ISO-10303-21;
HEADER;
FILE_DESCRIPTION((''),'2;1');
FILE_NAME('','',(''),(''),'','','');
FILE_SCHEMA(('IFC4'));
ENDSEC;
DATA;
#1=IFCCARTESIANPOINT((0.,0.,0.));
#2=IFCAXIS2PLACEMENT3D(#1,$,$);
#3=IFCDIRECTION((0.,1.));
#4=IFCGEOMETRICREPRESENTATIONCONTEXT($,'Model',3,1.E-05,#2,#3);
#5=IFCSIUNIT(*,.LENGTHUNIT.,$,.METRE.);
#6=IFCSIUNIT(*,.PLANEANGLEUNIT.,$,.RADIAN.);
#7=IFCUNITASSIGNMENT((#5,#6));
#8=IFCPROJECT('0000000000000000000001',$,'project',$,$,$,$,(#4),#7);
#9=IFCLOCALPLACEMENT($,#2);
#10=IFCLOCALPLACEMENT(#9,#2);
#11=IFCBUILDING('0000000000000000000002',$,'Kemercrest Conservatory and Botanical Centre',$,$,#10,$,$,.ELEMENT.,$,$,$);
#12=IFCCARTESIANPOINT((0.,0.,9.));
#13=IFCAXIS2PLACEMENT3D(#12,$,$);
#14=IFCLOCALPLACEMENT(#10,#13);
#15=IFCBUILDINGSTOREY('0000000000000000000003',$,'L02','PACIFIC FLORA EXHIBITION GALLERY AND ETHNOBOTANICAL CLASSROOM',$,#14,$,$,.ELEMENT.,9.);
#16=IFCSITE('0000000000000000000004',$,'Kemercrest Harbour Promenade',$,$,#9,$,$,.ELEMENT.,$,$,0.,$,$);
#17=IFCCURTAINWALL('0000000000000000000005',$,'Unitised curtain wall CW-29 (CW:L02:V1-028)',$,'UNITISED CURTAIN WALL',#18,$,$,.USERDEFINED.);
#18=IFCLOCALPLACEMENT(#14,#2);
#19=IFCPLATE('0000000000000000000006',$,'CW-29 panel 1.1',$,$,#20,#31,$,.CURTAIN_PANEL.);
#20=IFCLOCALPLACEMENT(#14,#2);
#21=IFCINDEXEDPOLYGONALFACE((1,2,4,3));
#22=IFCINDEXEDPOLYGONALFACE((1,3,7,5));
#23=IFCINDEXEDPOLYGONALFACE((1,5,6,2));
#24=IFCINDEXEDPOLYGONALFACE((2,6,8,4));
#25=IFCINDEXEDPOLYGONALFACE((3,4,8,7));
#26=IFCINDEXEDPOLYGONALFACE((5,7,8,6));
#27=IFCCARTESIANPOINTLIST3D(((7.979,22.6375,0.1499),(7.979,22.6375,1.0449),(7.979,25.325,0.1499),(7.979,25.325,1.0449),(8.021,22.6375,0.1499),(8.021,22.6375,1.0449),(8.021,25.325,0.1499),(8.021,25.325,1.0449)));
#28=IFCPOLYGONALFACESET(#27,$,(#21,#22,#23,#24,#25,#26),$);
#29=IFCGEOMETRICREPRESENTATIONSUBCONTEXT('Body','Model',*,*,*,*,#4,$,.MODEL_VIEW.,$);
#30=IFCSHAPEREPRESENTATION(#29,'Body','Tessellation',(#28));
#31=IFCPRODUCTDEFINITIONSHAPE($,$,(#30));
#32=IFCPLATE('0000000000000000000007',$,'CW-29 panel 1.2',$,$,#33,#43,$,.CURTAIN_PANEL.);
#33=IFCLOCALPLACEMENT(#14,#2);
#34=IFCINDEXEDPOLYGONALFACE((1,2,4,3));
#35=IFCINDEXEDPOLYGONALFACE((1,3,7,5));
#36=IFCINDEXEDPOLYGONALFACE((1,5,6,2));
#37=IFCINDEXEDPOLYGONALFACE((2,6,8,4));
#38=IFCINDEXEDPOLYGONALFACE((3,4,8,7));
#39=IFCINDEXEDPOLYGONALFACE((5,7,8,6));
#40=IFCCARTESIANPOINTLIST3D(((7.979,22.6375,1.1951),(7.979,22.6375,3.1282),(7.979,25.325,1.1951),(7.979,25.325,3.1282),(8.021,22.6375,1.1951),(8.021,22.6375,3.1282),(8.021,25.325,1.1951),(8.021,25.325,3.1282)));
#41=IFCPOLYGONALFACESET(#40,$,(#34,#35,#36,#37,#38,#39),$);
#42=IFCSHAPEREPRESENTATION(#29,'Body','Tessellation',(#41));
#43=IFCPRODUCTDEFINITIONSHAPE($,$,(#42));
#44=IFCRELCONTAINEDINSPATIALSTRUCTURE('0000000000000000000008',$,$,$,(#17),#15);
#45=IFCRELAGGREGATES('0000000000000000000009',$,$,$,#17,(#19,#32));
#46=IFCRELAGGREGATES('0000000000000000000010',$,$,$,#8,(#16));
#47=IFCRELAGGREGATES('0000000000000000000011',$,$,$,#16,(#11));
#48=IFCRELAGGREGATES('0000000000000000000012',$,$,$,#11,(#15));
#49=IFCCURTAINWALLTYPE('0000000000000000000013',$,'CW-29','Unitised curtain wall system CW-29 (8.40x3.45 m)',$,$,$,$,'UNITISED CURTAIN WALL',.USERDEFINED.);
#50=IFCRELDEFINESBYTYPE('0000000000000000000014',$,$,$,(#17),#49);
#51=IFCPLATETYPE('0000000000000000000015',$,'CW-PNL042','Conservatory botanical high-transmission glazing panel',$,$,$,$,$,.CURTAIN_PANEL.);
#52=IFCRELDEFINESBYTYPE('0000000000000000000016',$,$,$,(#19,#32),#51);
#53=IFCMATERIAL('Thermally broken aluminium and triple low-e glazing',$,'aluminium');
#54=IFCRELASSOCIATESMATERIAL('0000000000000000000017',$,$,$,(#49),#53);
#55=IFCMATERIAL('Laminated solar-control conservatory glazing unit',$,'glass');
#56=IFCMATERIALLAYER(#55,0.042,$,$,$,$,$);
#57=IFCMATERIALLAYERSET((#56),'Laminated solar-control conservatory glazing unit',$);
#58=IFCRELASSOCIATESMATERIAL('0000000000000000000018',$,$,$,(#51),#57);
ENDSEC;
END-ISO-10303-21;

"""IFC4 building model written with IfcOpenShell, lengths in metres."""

from ifc_helpers import new_model, si_unit, direction, frame, origin, origin_2d, place, context, subcontext, project, spatial, rectangle, extrude, material, layer, layer_set, type_object, element, aggregate, save


model = new_model("IFC4")

# Units and contexts
model_context = context("Model", 3, precision=1e-05, world=origin(), true_north=direction((0.0, 1.0)))
body_context = subcontext(model_context, "Body", "Model", "MODEL_VIEW")
ifc_project = project(units=[si_unit("LENGTHUNIT", "METRE"), si_unit("PLANEANGLEUNIT", "RADIAN")], contexts=[model_context])

# Site, building, storey
site_placement = place(None, origin())
site = spatial("IfcSite", under=ifc_project, at=site_placement, Name="Kemercrest Harbour Promenade", CompositionType="ELEMENT", RefElevation=0.0)
building_placement = place(site_placement, origin())
building = spatial("IfcBuilding", under=site, at=building_placement, Name="Kemercrest Conservatory and Botanical Centre", CompositionType="ELEMENT")
storey_placement = place(building_placement, frame((0.0, 0.0, 9.0)))
storey = spatial("IfcBuildingStorey", under=building, at=storey_placement, Name="L02", Description="PACIFIC FLORA EXHIBITION GALLERY AND ETHNOBOTANICAL CLASSROOM", CompositionType="ELEMENT", Elevation=9.0)

# Curtain wall
ifc_material_1 = material(Name="Thermally broken aluminium and triple low-e glazing", Category="aluminium")
curtain_wall_type_1 = type_object("IfcCurtainWallType", Name="CW-29", Description="Unitised curtain wall system CW-29 (8.40x3.45 m)", ElementType="UNITISED CURTAIN WALL", PredefinedType="USERDEFINED", material=ifc_material_1)
curtain_wall_1_placement = place(storey_placement, origin())
curtain_wall_1 = element("IfcCurtainWall", 1, at=curtain_wall_1_placement, inside=storey, type_object=curtain_wall_type_1, Name="Unitised curtain wall CW-29 (CW:L02:V1-028)", ObjectType="UNITISED CURTAIN WALL", PredefinedType="USERDEFINED")

# Plates
ifc_material_2 = material(Name="Laminated solar-control conservatory glazing unit", Category="glass")
ifc_layer = layer(ifc_material_2, 0.042)
ifc_layer_set = layer_set([ifc_layer], Name="Laminated solar-control conservatory glazing unit")
plate_type = type_object("IfcPlateType", Name="CW-PNL042", Description="Conservatory botanical high-transmission glazing panel", PredefinedType="CURTAIN_PANEL", material=ifc_layer_set)
plate_1_placement = place(storey_placement, frame((8.0, 23.9812, 0.1499), z_axis=(0.0, 0.0, 1.0), x_axis=(0.0, -1.0, 0.0)))
plate_1 = element("IfcPlate", 2, at=plate_1_placement, type_object=plate_type, Name="CW-29 panel 1.1", PredefinedType="CURTAIN_PANEL", context=body_context, shape_type="SweptSolid", body=[
    extrude(rectangle(XDim=2.6875, YDim=0.042, at=origin_2d()), origin(), (0.0, 0.0, 1.0), 0.895),
])
plate_2_placement = place(storey_placement, frame((8.0, 23.9812, 1.1951), z_axis=(0.0, 0.0, 1.0), x_axis=(0.0, -1.0, 0.0)))
plate_2 = element("IfcPlate", 3, at=plate_2_placement, type_object=plate_type, Name="CW-29 panel 1.2", PredefinedType="CURTAIN_PANEL", context=body_context, shape_type="SweptSolid", body=[
    extrude(rectangle(XDim=2.6875, YDim=0.042, at=origin_2d()), origin(), (0.0, 0.0, 1.0), 1.9331),
])
aggregate(curtain_wall_1, [plate_1, plate_2])

save(model, "model.ifc")
